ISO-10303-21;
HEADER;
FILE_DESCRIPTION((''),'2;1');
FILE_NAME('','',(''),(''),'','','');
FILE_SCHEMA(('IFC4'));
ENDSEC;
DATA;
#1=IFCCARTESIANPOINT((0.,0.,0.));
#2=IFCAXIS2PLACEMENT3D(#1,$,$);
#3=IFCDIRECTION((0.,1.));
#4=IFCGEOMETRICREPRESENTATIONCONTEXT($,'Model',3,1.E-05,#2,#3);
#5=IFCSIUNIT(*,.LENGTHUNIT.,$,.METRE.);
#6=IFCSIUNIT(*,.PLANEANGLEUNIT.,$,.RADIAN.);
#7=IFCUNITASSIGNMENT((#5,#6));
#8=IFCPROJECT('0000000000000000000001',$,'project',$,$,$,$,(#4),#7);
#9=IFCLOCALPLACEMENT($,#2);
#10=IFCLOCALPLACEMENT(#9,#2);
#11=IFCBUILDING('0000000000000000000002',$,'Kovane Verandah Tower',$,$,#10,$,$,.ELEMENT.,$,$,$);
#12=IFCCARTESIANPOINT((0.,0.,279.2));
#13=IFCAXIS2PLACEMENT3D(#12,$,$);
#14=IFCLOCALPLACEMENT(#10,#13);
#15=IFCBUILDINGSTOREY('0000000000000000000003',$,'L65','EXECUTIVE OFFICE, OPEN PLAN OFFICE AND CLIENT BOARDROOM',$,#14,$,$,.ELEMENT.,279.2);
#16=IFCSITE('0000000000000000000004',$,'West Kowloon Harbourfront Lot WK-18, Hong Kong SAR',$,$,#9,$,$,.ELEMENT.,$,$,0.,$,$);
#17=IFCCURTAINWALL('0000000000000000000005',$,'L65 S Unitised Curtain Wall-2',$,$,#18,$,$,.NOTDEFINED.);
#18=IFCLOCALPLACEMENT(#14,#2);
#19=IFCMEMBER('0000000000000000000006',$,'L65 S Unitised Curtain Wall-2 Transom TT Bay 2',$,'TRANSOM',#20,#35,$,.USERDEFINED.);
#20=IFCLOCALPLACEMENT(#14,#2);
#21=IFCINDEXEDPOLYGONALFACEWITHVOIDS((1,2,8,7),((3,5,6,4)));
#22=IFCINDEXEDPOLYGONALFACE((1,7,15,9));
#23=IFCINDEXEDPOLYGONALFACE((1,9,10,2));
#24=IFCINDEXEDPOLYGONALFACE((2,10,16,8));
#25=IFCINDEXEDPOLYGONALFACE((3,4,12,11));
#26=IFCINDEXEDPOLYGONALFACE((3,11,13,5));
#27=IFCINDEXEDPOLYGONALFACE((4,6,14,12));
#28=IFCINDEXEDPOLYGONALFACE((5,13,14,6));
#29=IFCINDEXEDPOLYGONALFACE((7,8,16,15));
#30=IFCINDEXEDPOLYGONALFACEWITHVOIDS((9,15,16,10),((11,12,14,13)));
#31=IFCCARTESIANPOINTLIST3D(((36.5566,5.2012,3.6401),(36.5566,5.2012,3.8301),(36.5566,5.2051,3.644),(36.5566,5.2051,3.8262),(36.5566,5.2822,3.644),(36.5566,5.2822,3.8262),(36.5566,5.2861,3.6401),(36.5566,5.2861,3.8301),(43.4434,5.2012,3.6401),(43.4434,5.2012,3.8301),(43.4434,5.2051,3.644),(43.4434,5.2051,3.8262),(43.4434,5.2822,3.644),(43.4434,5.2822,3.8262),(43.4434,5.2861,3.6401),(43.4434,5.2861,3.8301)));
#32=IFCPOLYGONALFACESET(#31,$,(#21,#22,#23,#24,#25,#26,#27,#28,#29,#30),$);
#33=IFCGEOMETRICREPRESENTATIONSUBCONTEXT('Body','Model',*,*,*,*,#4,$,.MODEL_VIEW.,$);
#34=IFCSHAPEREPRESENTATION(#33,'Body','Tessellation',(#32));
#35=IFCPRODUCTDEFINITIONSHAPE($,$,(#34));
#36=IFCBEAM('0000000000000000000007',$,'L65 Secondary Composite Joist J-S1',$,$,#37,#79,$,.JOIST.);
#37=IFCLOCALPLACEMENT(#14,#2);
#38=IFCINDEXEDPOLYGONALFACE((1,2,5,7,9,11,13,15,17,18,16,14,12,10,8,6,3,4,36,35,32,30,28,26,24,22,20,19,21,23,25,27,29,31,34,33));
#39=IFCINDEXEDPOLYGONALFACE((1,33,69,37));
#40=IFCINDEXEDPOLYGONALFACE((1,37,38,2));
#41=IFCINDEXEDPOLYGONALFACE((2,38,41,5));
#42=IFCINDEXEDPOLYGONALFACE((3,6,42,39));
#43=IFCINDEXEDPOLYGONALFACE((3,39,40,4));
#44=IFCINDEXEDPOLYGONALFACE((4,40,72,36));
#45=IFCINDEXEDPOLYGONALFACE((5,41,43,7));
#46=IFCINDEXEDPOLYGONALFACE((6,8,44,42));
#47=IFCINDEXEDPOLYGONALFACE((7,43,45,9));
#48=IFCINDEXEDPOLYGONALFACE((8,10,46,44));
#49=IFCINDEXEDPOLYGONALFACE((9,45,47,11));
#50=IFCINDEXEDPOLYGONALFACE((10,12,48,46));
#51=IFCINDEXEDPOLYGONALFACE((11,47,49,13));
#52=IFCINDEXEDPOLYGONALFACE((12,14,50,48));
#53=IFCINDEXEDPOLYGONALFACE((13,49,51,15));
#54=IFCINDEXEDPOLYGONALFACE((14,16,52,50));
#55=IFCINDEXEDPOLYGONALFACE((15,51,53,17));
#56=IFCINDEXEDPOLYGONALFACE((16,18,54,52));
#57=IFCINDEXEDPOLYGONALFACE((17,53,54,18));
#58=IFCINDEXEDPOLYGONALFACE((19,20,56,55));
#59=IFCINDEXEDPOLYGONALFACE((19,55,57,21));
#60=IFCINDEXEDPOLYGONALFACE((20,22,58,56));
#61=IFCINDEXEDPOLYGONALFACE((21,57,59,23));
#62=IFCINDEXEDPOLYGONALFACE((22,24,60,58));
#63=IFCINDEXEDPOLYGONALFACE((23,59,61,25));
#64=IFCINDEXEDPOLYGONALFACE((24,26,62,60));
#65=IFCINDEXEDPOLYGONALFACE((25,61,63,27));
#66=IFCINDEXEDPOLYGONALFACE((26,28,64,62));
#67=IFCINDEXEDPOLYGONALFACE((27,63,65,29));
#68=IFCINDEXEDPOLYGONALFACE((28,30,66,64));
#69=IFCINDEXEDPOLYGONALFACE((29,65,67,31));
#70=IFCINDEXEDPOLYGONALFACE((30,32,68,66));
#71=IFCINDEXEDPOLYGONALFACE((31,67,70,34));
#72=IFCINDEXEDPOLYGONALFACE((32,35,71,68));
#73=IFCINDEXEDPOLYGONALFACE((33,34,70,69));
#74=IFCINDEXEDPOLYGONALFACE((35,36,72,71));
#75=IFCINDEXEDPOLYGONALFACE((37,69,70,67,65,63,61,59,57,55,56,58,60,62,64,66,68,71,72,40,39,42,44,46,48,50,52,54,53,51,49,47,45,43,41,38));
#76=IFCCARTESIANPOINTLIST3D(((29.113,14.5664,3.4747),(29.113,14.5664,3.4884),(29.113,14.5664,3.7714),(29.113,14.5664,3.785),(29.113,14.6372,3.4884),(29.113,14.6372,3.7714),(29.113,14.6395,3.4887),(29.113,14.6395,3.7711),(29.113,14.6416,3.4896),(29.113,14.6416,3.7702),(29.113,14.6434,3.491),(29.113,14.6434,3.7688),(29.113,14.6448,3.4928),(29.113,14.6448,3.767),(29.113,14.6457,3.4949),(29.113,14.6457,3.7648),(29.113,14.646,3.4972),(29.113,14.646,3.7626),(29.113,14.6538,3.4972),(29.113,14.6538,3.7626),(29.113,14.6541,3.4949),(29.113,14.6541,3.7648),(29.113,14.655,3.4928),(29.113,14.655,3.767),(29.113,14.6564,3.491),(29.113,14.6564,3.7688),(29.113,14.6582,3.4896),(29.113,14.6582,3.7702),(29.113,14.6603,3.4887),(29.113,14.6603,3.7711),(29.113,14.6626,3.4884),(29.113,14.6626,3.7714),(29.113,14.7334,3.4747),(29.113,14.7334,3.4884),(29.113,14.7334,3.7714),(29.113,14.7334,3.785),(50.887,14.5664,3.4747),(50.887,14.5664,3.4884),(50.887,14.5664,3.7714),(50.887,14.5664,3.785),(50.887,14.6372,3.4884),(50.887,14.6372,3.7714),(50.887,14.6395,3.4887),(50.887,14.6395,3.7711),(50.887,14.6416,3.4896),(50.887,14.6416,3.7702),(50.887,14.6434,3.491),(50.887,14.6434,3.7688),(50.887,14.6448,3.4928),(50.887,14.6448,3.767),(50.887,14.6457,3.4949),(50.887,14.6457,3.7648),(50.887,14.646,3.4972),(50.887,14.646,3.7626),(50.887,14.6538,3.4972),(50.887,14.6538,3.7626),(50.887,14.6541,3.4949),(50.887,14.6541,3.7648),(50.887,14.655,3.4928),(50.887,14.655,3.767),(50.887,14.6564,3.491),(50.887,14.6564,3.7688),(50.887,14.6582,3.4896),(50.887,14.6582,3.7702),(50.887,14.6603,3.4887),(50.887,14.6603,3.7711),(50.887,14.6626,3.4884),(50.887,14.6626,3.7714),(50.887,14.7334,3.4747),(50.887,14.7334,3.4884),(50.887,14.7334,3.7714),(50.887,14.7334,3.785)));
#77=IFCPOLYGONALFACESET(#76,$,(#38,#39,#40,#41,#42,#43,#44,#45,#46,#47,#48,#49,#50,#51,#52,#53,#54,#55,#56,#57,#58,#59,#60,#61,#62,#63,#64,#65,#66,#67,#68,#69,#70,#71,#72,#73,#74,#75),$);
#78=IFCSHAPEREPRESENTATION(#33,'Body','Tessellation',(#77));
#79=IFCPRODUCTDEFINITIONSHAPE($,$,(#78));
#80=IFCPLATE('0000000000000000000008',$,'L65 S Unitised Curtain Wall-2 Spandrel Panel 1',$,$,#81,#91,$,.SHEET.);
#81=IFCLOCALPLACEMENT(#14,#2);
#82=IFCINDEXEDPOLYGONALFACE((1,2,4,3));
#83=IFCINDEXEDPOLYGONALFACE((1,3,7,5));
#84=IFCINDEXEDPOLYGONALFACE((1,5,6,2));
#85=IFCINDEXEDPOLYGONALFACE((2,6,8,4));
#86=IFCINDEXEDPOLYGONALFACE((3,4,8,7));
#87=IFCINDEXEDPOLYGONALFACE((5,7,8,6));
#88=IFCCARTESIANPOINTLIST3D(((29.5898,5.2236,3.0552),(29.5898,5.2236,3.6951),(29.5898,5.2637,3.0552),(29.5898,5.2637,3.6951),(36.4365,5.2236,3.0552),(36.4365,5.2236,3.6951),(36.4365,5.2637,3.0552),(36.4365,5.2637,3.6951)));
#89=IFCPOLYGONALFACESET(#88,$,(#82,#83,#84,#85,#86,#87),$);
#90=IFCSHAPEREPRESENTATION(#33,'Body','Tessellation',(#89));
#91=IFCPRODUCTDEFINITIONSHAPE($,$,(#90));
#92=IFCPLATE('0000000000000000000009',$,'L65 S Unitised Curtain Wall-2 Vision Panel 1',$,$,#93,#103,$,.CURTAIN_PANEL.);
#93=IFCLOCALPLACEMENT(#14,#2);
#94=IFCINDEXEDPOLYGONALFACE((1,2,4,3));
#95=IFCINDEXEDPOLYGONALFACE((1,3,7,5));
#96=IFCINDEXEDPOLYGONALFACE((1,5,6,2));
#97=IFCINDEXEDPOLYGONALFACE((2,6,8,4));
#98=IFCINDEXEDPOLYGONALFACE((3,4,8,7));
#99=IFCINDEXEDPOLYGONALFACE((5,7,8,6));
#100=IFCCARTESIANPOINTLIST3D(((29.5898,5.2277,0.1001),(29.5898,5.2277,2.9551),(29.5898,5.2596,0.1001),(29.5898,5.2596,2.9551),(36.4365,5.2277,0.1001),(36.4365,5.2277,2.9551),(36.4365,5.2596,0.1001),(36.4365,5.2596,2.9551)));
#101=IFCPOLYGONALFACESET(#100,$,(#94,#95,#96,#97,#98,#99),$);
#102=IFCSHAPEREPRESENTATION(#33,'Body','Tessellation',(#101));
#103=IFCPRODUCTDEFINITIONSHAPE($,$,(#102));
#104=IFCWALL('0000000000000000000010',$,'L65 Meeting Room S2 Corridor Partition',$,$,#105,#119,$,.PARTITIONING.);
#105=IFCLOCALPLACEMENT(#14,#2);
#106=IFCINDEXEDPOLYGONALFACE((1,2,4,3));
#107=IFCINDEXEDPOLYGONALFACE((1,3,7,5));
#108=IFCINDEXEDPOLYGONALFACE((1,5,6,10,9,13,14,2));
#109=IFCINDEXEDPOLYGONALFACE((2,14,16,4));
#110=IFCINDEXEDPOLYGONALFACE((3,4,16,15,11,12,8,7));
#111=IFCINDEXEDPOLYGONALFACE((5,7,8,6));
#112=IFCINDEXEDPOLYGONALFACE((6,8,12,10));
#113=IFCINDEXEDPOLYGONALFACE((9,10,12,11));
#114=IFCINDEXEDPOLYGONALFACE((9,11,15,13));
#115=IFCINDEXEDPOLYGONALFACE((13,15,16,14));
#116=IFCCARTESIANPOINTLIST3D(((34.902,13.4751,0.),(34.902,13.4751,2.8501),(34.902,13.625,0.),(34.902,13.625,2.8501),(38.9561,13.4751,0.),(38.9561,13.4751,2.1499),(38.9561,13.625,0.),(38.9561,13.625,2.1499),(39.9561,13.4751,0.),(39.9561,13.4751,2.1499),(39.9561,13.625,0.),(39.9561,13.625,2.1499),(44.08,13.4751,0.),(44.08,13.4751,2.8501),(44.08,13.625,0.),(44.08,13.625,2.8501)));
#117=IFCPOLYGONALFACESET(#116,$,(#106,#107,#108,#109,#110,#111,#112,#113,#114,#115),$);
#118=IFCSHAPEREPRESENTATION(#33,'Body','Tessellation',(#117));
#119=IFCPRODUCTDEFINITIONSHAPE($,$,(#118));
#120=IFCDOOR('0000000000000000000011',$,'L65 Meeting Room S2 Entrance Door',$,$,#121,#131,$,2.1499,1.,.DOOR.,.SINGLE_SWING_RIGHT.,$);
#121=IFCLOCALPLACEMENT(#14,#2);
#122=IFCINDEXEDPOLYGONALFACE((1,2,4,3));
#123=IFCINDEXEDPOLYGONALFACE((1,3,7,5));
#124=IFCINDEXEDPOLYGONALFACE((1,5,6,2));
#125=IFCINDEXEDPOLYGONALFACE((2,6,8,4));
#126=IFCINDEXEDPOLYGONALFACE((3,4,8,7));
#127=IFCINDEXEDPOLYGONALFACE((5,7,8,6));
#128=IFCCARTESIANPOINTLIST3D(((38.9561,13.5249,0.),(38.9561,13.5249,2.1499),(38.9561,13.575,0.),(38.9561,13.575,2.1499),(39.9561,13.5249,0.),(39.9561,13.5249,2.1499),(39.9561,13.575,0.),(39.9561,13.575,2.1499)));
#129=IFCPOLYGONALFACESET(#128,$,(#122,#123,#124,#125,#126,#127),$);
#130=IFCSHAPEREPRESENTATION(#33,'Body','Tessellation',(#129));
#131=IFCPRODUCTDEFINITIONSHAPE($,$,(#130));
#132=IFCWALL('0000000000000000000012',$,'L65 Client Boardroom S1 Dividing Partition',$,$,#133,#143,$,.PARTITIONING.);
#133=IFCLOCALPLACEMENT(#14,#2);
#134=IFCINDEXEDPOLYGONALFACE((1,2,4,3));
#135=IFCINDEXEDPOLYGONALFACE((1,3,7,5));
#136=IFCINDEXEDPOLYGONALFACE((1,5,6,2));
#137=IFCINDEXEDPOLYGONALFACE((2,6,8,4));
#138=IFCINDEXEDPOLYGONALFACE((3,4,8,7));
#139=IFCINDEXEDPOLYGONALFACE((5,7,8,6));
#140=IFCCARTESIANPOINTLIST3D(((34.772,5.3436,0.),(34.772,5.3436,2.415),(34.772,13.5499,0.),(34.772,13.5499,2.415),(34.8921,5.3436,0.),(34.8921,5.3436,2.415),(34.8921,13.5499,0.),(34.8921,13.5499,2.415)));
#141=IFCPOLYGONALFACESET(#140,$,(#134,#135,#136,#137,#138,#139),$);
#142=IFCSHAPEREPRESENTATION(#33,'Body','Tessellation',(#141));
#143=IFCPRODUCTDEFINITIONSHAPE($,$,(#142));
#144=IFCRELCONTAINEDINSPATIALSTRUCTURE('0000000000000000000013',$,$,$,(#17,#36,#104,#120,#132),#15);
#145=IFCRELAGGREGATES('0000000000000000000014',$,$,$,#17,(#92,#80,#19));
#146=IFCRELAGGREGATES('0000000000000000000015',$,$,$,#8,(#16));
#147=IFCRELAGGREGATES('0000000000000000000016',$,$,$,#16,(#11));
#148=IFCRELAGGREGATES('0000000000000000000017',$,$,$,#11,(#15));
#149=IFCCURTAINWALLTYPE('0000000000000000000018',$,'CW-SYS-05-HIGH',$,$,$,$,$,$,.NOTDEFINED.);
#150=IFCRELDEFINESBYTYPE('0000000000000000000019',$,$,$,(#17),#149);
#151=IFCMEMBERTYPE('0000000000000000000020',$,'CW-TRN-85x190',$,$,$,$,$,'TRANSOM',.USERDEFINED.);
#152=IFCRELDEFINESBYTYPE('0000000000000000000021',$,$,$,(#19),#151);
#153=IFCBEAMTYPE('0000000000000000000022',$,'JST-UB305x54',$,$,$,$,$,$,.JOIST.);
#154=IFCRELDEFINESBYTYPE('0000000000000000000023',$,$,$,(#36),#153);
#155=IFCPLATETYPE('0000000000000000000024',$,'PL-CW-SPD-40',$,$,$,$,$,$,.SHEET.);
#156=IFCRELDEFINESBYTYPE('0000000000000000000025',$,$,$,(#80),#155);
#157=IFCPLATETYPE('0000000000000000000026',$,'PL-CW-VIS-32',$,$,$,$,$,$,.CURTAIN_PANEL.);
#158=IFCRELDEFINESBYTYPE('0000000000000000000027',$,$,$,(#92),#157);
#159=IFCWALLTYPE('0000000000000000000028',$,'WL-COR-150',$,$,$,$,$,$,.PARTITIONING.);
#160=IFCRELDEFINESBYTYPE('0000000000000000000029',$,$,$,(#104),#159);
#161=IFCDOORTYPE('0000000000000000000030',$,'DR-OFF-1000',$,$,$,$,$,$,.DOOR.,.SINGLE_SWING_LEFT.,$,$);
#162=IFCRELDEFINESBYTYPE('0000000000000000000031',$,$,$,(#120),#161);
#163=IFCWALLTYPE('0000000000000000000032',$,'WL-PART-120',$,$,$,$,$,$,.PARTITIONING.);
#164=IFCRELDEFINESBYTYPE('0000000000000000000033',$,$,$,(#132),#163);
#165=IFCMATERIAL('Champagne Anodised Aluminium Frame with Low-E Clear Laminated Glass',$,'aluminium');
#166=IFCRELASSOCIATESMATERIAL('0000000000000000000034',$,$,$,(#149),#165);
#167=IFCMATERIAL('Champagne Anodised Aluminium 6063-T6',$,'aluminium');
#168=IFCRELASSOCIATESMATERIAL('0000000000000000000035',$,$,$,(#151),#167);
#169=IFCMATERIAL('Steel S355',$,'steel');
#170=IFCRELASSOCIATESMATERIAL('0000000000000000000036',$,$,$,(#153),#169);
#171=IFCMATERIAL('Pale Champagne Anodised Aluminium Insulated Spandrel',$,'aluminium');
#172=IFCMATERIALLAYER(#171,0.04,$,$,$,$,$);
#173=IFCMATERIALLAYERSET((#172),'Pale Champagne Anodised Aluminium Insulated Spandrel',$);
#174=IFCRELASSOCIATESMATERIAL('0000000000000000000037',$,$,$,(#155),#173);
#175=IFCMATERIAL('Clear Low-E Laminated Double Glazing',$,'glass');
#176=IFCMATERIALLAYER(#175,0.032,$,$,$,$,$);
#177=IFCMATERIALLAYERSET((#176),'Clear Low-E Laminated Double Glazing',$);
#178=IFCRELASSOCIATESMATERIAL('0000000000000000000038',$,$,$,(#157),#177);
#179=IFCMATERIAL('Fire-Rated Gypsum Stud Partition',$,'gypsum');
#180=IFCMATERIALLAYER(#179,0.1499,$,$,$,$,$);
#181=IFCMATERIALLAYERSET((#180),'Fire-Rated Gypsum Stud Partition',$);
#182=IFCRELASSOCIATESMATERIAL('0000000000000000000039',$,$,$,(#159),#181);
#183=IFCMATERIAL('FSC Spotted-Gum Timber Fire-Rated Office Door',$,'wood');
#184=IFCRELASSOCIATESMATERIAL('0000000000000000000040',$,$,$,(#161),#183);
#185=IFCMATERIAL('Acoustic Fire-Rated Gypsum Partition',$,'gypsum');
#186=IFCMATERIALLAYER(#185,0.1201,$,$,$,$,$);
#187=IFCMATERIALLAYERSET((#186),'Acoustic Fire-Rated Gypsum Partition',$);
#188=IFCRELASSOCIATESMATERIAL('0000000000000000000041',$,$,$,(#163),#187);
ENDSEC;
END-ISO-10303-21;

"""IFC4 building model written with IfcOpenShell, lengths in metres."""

from ifc_helpers import new_model, si_unit, direction, frame, frame_2d, origin, origin_2d, place, context, subcontext, project, spatial, rectangle, hollow_rectangle, i_section, extrude, material, layer, layer_set, material_profile, profile_set, type_object, element, fill, aggregate, save


model = new_model("IFC4")

# Units and contexts
model_context = context("Model", 3, precision=1e-05, world=origin(), true_north=direction((0.0, 1.0)))
body_context = subcontext(model_context, "Body", "Model", "MODEL_VIEW")
ifc_project = project(units=[si_unit("LENGTHUNIT", "METRE"), si_unit("PLANEANGLEUNIT", "RADIAN")], contexts=[model_context])

# Site, building, storey
site_placement = place(None, origin())
site = spatial("IfcSite", under=ifc_project, at=site_placement, Name="West Kowloon Harbourfront Lot WK-18, Hong Kong SAR", CompositionType="ELEMENT", RefElevation=0.0)
building_placement = place(site_placement, origin())
building = spatial("IfcBuilding", under=site, at=building_placement, Name="Kovane Verandah Tower", CompositionType="ELEMENT")
storey_placement = place(building_placement, frame((0.0, 0.0, 279.2)))
storey = spatial("IfcBuildingStorey", under=building, at=storey_placement, Name="L65", Description="EXECUTIVE OFFICE, OPEN PLAN OFFICE AND CLIENT BOARDROOM", CompositionType="ELEMENT", Elevation=279.2)

# Shared definitions
ifc_material_1 = material(Name="Steel S355", Category="steel")

# Shared definitions
ifc_material_2 = material(Name="Champagne Anodised Aluminium Frame with Low-E Clear Laminated Glass", Category="aluminium")
curtain_wall_type = type_object("IfcCurtainWallType", Name="CW-SYS-05-HIGH", PredefinedType="NOTDEFINED", material=ifc_material_2)
ifc_material_3 = material(Name="Champagne Anodised Aluminium 6063-T6", Category="aluminium")

# Curtain wall, member
curtain_wall_1_placement = place(storey_placement, origin())
curtain_wall_1 = element("IfcCurtainWall", 1, at=curtain_wall_1_placement, inside=storey, type_object=curtain_wall_type, Name="L65 S Unitised Curtain Wall-2", PredefinedType="NOTDEFINED")
ifc_material_profile_1 = material_profile(ifc_material_3, hollow_rectangle(XDim=0.085, YDim=0.1899, WallThickness=0.0039, at=origin_2d()), Name="AL85x190x4")
ifc_profile_set_1 = profile_set([ifc_material_profile_1], Name="Champagne Anodised Aluminium 6063-T6")
member_type_1 = type_object("IfcMemberType", Name="CW-TRN-85x190", ElementType="TRANSOM", PredefinedType="USERDEFINED", material=ifc_profile_set_1)
member_1_placement = place(storey_placement, frame((36.5566, 5.2437, 3.7351), z_axis=(1.0, 0.0, 0.0), x_axis=(0.0, 1.0, 0.0)))
member_1 = element("IfcMember", 2, at=member_1_placement, type_object=member_type_1, Name="L65 S Unitised Curtain Wall-2 Transom TT Bay 2", ObjectType="TRANSOM", PredefinedType="USERDEFINED", context=body_context, shape_type="SweptSolid", body=[
    extrude(hollow_rectangle(XDim=0.085, YDim=0.1899, WallThickness=0.0039, at=origin_2d()), origin(), (0.0, 0.0, 1.0), 6.8867),
])

# Beam
ifc_material_profile_2 = material_profile(ifc_material_1, i_section(OverallWidth=0.167, OverallDepth=0.3103, WebThickness=0.0078, FlangeThickness=0.0137, FilletRadius=0.0088, at=origin_2d()), Name="UB305x165x54")
ifc_profile_set_2 = profile_set([ifc_material_profile_2], Name="Steel S355")
beam_type_1 = type_object("IfcBeamType", Name="JST-UB305x54", PredefinedType="JOIST", material=ifc_profile_set_2)
beam_1_placement = place(storey_placement, frame((29.113, 14.6499, 3.6299), z_axis=(1.0, 0.0, 0.0), x_axis=(0.0, 1.0, 0.0)))
element("IfcBeam", 3, at=beam_1_placement, inside=storey, type_object=beam_type_1, Name="L65 Secondary Composite Joist J-S1", PredefinedType="JOIST", context=body_context, shape_type="SweptSolid", body=[
    extrude(i_section(OverallWidth=0.167, OverallDepth=0.3103, WebThickness=0.0078, FlangeThickness=0.0137, FilletRadius=0.0088, at=origin_2d()), origin(), (0.0, 0.0, 1.0), 21.7739),
])

# Plates
ifc_material_4 = material(Name="Pale Champagne Anodised Aluminium Insulated Spandrel", Category="aluminium")
ifc_layer_1 = layer(ifc_material_4, 0.04)
ifc_layer_set_1 = layer_set([ifc_layer_1], Name="Pale Champagne Anodised Aluminium Insulated Spandrel")
plate_type_1 = type_object("IfcPlateType", Name="PL-CW-SPD-40", PredefinedType="SHEET", material=ifc_layer_set_1)
plate_1_placement = place(storey_placement, frame((33.0132, 5.2437, 3.0552), z_axis=(0.0, 0.0, 1.0), x_axis=(1.0, 0.0, 0.0)))
plate_1 = element("IfcPlate", 4, at=plate_1_placement, type_object=plate_type_1, Name="L65 S Unitised Curtain Wall-2 Spandrel Panel 1", PredefinedType="SHEET", context=body_context, shape_type="SweptSolid", body=[
    extrude(rectangle(XDim=6.8467, YDim=0.04, at=origin_2d()), origin(), (0.0, 0.0, 1.0), 0.6399),
])
ifc_material_5 = material(Name="Clear Low-E Laminated Double Glazing", Category="glass")
ifc_layer_2 = layer(ifc_material_5, 0.032)
ifc_layer_set_2 = layer_set([ifc_layer_2], Name="Clear Low-E Laminated Double Glazing")
plate_type_2 = type_object("IfcPlateType", Name="PL-CW-VIS-32", PredefinedType="CURTAIN_PANEL", material=ifc_layer_set_2)
plate_2_placement = place(storey_placement, frame((33.0132, 5.2437, 0.1001), z_axis=(0.0, 0.0, 1.0), x_axis=(1.0, 0.0, 0.0)))
plate_2 = element("IfcPlate", 5, at=plate_2_placement, type_object=plate_type_2, Name="L65 S Unitised Curtain Wall-2 Vision Panel 1", PredefinedType="CURTAIN_PANEL", context=body_context, shape_type="SweptSolid", body=[
    extrude(rectangle(XDim=6.8467, YDim=0.032, at=origin_2d()), origin(), (0.0, 0.0, 1.0), 2.855),
])
aggregate(curtain_wall_1, [plate_2, plate_1, member_1])

# Wall, opening, door
ifc_material_6 = material(Name="Fire-Rated Gypsum Stud Partition", Category="gypsum")
ifc_layer_3 = layer(ifc_material_6, 0.1499)
ifc_layer_set_3 = layer_set([ifc_layer_3], Name="Fire-Rated Gypsum Stud Partition")
wall_type_1 = type_object("IfcWallType", Name="WL-COR-150", PredefinedType="PARTITIONING", material=ifc_layer_set_3)
wall_1_placement = place(storey_placement, frame((34.9021, 13.55, 0.0), z_axis=(0.0, 0.0, 1.0), x_axis=(1.0, 0.0, 0.0)))
wall_1 = element("IfcWall", 6, at=wall_1_placement, inside=storey, type_object=wall_type_1, Name="L65 Meeting Room S2 Corridor Partition", PredefinedType="PARTITIONING", context=body_context, shape_type="SweptSolid", body=[
    extrude(rectangle(XDim=9.178, YDim=0.1499, at=frame_2d((4.5889, 0.0))), origin(), (0.0, 0.0, 1.0), 2.8501),
])
opening_placement = place(wall_1_placement, frame((4.054, 0.0, 0.0)))
opening = element("IfcOpeningElement", 7, at=opening_placement, cuts=wall_1, PredefinedType="OPENING", context=body_context, shape_type="SweptSolid", body=[
    extrude(rectangle(XDim=1.0, YDim=2.1499, at=frame_2d((0.5, 1.075))), frame((0.0, 0.075, 0.0), z_axis=(0.0, -1.0, 0.0), x_axis=(1.0, 0.0, 0.0)), (0.0, 0.0, 1.0), 0.1499),
])
ifc_material_7 = material(Name="FSC Spotted-Gum Timber Fire-Rated Office Door", Category="wood")
door_type = type_object("IfcDoorType", Name="DR-OFF-1000", OperationType="SINGLE_SWING_LEFT", PredefinedType="DOOR", material=ifc_material_7)
door_placement = place(opening_placement, origin())
door = element("IfcDoor", 8, at=door_placement, inside=storey, type_object=door_type, Name="L65 Meeting Room S2 Entrance Door", OperationType="SINGLE_SWING_RIGHT", OverallHeight=2.1499, OverallWidth=1.0, PredefinedType="DOOR", context=body_context, shape_type="SweptSolid", body=[
    extrude(rectangle(XDim=1.0, YDim=2.1499, at=frame_2d((0.5, 1.075))), frame((0.0, 0.0249, 0.0), z_axis=(0.0, -1.0, 0.0), x_axis=(1.0, 0.0, 0.0)), (0.0, 0.0, 1.0), 0.05),
])
fill(opening, door)

# Wall
ifc_material_8 = material(Name="Acoustic Fire-Rated Gypsum Partition", Category="gypsum")
ifc_layer_4 = layer(ifc_material_8, 0.1201)
ifc_layer_set_4 = layer_set([ifc_layer_4], Name="Acoustic Fire-Rated Gypsum Partition")
wall_type_2 = type_object("IfcWallType", Name="WL-PART-120", PredefinedType="PARTITIONING", material=ifc_layer_set_4)
wall_2_placement = place(storey_placement, frame((34.832, 5.3438, 0.0), z_axis=(0.0, 0.0, 1.0), x_axis=(0.0, 1.0, 0.0)))
element("IfcWall", 9, at=wall_2_placement, inside=storey, type_object=wall_type_2, Name="L65 Client Boardroom S1 Dividing Partition", PredefinedType="PARTITIONING", context=body_context, shape_type="SweptSolid", body=[
    extrude(rectangle(XDim=8.2063, YDim=0.1201, at=frame_2d((4.103, 0.0))), origin(), (0.0, 0.0, 1.0), 2.415),
])

save(model, "model.ifc")
